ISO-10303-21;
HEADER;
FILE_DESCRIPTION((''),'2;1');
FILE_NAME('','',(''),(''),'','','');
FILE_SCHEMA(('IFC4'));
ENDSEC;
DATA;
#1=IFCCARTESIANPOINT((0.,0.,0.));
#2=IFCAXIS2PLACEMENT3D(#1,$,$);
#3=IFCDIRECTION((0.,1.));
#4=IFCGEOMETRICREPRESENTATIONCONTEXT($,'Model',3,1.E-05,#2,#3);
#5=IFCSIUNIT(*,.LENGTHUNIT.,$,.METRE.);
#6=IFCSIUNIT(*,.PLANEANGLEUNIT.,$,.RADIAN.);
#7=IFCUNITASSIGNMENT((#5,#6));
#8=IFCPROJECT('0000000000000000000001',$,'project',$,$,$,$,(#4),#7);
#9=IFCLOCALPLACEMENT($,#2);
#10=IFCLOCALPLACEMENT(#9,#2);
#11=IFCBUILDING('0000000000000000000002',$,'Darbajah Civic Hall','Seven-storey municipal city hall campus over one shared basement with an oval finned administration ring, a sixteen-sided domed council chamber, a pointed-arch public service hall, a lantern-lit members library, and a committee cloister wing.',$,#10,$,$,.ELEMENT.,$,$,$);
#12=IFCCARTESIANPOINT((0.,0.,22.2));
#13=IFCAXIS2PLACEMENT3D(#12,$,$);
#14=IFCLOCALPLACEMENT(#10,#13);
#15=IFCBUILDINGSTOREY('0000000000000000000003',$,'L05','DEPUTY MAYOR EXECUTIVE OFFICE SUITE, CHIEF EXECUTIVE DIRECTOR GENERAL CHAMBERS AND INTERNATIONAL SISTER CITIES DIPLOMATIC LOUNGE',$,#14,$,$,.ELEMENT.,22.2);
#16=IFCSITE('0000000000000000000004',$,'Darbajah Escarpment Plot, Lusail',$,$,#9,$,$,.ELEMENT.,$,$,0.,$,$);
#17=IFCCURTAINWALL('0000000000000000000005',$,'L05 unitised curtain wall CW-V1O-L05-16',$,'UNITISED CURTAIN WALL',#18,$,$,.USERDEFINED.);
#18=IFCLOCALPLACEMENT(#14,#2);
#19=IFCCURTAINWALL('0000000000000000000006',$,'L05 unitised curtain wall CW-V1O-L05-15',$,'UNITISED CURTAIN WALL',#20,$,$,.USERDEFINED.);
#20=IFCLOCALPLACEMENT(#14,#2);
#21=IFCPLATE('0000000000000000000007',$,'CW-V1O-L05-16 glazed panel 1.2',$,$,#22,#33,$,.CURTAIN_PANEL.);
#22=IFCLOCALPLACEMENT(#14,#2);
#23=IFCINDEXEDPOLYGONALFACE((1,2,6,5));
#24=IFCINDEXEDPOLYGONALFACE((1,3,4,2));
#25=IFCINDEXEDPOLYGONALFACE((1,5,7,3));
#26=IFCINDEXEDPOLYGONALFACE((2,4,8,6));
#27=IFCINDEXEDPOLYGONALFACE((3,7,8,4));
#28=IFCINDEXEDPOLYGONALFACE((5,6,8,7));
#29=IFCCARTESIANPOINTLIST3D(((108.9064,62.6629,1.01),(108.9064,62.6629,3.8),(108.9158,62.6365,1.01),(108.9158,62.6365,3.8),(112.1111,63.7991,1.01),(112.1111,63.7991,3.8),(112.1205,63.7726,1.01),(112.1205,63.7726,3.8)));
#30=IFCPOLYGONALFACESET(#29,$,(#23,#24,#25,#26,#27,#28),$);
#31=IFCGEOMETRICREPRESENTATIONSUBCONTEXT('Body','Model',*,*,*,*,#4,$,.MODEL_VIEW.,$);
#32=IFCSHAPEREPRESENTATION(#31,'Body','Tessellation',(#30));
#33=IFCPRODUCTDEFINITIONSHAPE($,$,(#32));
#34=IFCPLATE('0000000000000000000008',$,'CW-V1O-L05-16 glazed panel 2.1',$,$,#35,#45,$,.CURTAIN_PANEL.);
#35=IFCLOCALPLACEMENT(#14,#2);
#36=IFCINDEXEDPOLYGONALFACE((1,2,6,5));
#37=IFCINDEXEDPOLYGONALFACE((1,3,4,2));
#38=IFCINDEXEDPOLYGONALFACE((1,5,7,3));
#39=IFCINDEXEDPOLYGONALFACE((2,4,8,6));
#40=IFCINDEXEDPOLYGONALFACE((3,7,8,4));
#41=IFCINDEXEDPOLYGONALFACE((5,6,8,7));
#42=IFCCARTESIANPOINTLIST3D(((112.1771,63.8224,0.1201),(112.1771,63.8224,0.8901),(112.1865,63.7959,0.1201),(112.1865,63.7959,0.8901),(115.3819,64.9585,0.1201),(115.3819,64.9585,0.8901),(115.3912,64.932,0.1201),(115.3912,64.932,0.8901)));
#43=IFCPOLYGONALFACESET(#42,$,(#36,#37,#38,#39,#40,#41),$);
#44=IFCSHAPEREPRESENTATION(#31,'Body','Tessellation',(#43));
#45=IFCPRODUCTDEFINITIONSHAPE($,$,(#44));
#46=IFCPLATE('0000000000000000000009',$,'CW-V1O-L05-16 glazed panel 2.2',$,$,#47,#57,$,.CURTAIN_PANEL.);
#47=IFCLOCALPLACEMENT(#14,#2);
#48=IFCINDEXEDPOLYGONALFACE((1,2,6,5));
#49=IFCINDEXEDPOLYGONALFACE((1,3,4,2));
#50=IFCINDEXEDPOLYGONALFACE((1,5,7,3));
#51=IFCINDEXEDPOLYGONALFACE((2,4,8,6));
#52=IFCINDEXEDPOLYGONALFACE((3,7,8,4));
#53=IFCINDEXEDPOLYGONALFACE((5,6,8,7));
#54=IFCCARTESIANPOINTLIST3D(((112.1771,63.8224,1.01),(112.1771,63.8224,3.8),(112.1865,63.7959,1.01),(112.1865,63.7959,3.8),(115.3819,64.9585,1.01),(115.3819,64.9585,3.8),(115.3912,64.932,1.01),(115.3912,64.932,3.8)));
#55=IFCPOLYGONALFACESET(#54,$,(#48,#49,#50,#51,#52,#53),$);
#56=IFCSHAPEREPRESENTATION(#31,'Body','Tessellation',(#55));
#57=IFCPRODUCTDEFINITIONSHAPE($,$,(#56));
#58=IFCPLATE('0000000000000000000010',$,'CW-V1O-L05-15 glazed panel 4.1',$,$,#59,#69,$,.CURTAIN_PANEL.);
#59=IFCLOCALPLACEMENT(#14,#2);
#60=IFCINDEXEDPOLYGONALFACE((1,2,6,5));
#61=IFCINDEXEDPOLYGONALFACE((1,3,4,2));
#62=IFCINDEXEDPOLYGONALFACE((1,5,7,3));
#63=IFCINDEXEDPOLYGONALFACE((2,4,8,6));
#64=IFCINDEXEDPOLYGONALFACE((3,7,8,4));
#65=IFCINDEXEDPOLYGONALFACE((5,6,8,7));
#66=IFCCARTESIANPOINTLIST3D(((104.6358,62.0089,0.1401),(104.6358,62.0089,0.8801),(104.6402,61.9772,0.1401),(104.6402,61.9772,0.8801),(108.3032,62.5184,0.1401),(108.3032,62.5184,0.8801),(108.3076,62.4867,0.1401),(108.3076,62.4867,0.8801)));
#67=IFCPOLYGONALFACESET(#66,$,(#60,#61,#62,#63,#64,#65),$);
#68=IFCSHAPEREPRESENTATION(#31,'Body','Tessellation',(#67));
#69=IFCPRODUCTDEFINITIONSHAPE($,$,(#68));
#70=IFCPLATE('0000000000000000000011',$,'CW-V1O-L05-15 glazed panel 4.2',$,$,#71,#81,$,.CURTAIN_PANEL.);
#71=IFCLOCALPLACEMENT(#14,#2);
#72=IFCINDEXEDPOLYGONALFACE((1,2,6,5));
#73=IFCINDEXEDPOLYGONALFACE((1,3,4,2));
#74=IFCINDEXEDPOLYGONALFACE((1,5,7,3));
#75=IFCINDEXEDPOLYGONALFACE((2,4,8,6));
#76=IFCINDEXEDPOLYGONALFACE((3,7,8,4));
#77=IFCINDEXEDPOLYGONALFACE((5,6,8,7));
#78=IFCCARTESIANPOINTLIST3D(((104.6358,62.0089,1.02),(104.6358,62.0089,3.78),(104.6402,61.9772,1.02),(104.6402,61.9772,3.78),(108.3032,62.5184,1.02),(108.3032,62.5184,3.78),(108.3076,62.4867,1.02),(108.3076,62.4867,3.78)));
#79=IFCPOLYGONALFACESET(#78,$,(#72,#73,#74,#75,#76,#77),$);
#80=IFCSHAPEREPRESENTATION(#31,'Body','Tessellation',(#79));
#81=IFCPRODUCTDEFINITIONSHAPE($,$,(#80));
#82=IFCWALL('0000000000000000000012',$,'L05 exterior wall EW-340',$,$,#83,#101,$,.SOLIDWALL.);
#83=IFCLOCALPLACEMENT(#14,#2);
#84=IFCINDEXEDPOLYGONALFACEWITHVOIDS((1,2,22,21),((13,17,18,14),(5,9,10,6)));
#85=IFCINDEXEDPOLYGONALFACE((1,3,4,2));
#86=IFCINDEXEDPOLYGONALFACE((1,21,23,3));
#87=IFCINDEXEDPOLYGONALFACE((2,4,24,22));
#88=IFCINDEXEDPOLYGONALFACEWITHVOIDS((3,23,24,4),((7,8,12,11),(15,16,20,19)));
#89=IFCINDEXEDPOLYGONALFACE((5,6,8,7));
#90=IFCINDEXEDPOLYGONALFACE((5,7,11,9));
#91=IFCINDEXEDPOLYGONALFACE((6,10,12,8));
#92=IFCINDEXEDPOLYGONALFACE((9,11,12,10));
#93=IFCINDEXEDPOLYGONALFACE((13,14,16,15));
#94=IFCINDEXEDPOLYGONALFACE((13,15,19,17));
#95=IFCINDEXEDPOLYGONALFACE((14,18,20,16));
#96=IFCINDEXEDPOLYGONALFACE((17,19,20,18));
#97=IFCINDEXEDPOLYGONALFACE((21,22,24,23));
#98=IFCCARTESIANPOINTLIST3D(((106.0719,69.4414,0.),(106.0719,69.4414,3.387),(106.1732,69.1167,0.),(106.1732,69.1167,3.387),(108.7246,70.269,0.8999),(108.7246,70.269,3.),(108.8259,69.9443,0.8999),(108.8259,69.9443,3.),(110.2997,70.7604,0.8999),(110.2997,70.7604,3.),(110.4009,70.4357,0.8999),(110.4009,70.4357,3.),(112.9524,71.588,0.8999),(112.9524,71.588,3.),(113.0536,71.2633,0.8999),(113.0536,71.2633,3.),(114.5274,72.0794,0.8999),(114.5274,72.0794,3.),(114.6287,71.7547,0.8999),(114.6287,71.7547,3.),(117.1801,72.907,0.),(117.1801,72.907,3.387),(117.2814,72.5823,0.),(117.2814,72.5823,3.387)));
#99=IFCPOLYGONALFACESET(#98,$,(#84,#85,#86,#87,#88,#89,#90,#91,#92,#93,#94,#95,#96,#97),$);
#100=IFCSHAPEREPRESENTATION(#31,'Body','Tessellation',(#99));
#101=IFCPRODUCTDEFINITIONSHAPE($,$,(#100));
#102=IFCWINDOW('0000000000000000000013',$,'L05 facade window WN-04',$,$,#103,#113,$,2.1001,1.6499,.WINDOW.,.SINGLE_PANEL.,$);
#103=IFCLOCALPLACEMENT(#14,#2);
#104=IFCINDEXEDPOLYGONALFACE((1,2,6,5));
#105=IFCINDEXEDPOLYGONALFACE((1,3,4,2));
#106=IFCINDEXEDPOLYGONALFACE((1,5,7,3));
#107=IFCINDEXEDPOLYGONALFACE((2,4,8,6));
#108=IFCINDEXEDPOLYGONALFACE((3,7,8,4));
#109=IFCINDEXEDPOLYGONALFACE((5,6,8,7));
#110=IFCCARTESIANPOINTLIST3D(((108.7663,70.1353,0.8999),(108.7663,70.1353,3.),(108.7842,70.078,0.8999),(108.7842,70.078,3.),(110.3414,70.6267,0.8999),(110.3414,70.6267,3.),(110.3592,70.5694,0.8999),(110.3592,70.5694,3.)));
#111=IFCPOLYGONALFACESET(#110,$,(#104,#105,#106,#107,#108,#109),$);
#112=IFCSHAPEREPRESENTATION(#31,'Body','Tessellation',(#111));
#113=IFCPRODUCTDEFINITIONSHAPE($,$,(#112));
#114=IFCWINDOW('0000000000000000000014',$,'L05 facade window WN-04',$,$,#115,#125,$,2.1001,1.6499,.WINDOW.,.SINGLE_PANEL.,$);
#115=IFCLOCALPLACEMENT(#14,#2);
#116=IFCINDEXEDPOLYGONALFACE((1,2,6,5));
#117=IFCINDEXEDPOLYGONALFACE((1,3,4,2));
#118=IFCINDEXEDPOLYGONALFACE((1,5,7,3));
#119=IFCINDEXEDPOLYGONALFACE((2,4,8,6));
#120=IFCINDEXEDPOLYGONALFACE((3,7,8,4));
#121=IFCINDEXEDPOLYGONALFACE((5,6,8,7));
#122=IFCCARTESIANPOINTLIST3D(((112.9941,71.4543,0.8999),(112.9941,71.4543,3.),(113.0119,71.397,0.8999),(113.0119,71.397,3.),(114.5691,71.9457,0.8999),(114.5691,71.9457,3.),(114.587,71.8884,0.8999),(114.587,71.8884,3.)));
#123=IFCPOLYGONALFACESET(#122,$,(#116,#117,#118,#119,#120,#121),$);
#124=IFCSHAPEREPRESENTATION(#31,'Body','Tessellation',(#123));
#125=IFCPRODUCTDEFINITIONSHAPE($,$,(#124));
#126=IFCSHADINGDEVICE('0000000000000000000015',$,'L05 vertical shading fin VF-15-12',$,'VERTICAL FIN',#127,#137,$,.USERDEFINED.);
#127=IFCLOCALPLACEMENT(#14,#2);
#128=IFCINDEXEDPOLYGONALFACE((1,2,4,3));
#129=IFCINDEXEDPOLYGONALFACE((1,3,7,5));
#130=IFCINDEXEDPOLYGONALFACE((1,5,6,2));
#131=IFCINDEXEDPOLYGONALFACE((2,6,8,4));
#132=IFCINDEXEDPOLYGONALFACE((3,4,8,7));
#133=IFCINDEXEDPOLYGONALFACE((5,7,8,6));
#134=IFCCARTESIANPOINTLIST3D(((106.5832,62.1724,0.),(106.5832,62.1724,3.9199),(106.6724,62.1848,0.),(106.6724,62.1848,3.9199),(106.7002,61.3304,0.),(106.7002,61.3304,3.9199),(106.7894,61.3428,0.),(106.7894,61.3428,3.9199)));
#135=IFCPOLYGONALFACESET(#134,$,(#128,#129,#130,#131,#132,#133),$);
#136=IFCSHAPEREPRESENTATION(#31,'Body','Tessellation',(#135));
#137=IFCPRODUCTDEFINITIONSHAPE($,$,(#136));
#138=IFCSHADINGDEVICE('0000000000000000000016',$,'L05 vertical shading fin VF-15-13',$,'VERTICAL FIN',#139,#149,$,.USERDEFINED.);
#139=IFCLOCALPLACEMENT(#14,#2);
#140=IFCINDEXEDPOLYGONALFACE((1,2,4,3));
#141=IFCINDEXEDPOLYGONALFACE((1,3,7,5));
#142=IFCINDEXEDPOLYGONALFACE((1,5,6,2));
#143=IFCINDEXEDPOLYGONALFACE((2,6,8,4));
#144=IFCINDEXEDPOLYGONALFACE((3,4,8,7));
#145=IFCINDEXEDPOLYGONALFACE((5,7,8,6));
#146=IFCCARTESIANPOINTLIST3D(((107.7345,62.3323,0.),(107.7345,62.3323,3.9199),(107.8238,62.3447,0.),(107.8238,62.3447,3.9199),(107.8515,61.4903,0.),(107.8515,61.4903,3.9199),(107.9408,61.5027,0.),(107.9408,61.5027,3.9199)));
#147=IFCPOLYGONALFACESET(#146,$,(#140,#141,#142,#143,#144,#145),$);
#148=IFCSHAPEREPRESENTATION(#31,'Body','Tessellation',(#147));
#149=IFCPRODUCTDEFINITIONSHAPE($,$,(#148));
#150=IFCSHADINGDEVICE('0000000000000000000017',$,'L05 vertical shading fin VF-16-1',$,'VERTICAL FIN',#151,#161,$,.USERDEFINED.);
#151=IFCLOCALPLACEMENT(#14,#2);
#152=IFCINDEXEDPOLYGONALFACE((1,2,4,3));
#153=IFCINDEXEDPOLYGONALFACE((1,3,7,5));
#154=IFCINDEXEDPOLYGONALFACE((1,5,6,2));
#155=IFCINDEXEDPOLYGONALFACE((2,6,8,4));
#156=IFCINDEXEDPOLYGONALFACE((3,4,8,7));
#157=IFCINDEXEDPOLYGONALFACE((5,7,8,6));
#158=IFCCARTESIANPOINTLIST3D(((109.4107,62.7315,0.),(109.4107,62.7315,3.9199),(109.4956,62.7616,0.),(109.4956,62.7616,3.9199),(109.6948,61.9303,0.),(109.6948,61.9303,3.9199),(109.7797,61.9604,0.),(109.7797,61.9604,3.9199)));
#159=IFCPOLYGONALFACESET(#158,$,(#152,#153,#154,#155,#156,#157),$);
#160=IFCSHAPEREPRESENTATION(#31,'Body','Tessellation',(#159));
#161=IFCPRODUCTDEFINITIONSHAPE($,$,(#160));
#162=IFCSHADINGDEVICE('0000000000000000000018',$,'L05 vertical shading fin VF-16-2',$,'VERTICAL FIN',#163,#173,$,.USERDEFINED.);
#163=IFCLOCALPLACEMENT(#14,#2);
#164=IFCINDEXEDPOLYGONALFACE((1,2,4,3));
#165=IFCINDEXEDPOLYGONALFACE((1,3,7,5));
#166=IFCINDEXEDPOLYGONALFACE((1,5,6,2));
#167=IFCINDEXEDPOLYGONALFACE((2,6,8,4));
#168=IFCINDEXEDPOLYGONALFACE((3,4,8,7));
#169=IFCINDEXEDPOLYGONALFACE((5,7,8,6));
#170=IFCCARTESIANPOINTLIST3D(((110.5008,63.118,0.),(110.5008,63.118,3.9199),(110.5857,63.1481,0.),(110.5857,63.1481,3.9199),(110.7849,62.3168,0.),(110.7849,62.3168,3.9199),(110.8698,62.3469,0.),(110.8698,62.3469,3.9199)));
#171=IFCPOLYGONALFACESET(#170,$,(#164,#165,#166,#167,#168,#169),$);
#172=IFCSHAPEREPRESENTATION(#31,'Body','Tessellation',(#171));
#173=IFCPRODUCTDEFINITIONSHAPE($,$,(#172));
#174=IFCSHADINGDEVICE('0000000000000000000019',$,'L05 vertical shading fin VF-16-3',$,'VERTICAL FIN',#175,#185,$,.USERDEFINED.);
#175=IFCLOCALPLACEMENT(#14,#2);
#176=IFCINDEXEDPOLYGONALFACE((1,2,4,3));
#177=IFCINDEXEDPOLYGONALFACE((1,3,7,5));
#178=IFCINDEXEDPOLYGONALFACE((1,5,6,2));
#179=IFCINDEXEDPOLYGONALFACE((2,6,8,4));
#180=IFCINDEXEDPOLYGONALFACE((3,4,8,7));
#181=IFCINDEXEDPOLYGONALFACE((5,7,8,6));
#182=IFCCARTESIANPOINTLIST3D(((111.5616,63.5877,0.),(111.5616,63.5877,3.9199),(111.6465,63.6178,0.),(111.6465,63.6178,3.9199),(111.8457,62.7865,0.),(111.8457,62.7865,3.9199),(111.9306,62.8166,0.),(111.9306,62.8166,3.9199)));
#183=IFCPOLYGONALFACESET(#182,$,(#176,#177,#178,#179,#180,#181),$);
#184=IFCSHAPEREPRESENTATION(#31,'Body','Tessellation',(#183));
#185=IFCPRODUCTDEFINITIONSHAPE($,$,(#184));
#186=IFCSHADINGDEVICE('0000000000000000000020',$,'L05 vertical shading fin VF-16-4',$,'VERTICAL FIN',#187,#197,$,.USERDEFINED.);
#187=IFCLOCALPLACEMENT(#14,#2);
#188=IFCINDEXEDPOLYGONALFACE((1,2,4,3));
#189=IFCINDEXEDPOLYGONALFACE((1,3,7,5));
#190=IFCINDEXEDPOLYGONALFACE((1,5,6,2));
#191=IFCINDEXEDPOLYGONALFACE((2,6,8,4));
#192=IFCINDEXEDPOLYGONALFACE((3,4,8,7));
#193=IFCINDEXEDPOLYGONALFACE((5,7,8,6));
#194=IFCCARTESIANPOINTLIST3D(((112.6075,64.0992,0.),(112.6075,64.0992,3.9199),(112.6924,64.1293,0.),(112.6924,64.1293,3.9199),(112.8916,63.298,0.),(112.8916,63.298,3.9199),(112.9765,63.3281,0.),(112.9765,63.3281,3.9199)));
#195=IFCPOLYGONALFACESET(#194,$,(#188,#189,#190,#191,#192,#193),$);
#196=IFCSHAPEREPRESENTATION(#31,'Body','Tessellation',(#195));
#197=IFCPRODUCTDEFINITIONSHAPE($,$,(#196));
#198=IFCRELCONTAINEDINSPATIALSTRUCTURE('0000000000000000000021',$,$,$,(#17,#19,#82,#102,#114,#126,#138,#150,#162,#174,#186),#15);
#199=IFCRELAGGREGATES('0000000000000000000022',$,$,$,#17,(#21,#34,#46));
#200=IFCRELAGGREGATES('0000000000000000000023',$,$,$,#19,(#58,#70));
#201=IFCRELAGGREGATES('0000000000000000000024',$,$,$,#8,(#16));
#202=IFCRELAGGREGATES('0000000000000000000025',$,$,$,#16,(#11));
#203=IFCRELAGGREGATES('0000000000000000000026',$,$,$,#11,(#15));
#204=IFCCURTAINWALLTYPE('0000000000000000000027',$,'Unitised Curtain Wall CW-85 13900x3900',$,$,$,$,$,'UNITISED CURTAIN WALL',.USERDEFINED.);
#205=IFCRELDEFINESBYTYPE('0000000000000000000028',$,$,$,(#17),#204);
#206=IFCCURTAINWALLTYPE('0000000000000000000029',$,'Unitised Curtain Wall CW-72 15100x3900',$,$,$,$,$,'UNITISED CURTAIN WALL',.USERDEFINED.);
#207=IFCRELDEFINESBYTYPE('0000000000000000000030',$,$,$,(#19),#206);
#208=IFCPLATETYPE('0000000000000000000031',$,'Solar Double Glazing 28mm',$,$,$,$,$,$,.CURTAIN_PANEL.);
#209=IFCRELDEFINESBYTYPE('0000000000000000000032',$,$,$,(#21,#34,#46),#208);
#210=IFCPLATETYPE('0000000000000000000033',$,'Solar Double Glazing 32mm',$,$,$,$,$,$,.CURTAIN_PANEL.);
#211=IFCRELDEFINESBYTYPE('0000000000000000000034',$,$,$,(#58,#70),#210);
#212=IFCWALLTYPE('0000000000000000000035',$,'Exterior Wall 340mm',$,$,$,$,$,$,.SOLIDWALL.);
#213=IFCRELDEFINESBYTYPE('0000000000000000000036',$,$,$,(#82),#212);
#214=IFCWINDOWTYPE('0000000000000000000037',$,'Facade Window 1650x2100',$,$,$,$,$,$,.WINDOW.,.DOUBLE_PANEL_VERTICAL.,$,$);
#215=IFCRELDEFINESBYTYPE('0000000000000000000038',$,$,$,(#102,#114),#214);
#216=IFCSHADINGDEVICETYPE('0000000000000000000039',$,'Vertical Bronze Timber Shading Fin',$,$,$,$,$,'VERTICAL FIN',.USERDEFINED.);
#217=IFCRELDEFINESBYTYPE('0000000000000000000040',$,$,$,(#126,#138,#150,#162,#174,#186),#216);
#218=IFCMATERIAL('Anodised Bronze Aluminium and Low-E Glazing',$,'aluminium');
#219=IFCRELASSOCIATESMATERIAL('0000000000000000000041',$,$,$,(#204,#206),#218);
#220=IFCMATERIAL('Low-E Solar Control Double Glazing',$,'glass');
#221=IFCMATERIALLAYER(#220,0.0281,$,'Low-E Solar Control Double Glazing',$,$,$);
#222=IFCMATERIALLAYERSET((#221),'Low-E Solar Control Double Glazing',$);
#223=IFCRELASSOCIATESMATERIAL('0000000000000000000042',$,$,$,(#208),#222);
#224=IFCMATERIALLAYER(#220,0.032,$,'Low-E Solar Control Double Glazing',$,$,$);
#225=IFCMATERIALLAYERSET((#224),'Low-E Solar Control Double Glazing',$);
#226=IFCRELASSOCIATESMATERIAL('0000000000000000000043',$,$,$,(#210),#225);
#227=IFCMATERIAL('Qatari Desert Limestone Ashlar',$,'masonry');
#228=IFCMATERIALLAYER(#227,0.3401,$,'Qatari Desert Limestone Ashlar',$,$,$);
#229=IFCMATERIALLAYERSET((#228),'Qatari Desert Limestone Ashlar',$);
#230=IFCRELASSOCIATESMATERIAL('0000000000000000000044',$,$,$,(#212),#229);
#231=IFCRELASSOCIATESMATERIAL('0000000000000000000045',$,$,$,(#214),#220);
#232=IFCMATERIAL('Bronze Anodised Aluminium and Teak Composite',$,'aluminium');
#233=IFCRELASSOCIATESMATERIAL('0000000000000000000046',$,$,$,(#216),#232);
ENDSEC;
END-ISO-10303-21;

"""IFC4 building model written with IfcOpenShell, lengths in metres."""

from ifc_helpers import new_model, si_unit, direction, frame, frame_2d, origin, origin_2d, place, context, subcontext, project, spatial, rectangle, extrude, material, layer, layer_set, type_object, element, fill, aggregate, save


model = new_model("IFC4")

# Units and contexts
model_context = context("Model", 3, precision=1e-05, world=origin(), true_north=direction((0.0, 1.0)))
body_context = subcontext(model_context, "Body", "Model", "MODEL_VIEW")
ifc_project = project(units=[si_unit("LENGTHUNIT", "METRE"), si_unit("PLANEANGLEUNIT", "RADIAN")], contexts=[model_context])

# Site, building, storey
site_placement = place(None, origin())
site = spatial("IfcSite", under=ifc_project, at=site_placement, Name="Darbajah Escarpment Plot, Lusail", CompositionType="ELEMENT", RefElevation=0.0)
building_placement = place(site_placement, origin())
building = spatial("IfcBuilding", under=site, at=building_placement, Name="Darbajah Civic Hall", Description="Seven-storey municipal city hall campus over one shared basement with an oval finned administration ring, a sixteen-sided domed council chamber, a pointed-arch public service hall, a lantern-lit members library, and a committee cloister wing.", CompositionType="ELEMENT")
storey_placement = place(building_placement, frame((0.0, 0.0, 22.2)))
storey = spatial("IfcBuildingStorey", under=building, at=storey_placement, Name="L05", Description="DEPUTY MAYOR EXECUTIVE OFFICE SUITE, CHIEF EXECUTIVE DIRECTOR GENERAL CHAMBERS AND INTERNATIONAL SISTER CITIES DIPLOMATIC LOUNGE", CompositionType="ELEMENT", Elevation=22.2)

# Curtain wall
ifc_material_1 = material(Name="Anodised Bronze Aluminium and Low-E Glazing", Category="aluminium")
curtain_wall_type_1 = type_object("IfcCurtainWallType", Name="Unitised Curtain Wall CW-85 13900x3900", ElementType="UNITISED CURTAIN WALL", PredefinedType="USERDEFINED", material=ifc_material_1)
curtain_wall_1_placement = place(storey_placement, origin())
curtain_wall_1 = element("IfcCurtainWall", 1, at=curtain_wall_1_placement, inside=storey, type_object=curtain_wall_type_1, Name="L05 unitised curtain wall CW-V1O-L05-16", ObjectType="UNITISED CURTAIN WALL", PredefinedType="USERDEFINED")

# Curtain wall
curtain_wall_type_2 = type_object("IfcCurtainWallType", Name="Unitised Curtain Wall CW-72 15100x3900", ElementType="UNITISED CURTAIN WALL", PredefinedType="USERDEFINED", material=ifc_material_1)
curtain_wall_2_placement = place(storey_placement, origin())
curtain_wall_2 = element("IfcCurtainWall", 2, at=curtain_wall_2_placement, inside=storey, type_object=curtain_wall_type_2, Name="L05 unitised curtain wall CW-V1O-L05-15", ObjectType="UNITISED CURTAIN WALL", PredefinedType="USERDEFINED")

# Plates
ifc_material_2 = material(Name="Low-E Solar Control Double Glazing", Category="glass")
ifc_layer_1 = layer(ifc_material_2, 0.0281, Name="Low-E Solar Control Double Glazing")
ifc_layer_set_1 = layer_set([ifc_layer_1], Name="Low-E Solar Control Double Glazing")
plate_type_1 = type_object("IfcPlateType", Name="Solar Double Glazing 28mm", PredefinedType="CURTAIN_PANEL", material=ifc_layer_set_1)
plate_1_placement = place(storey_placement, frame((110.5134, 63.2178, 1.01), z_axis=(0.0, 0.0, 1.0), x_axis=(0.942525, 0.334136, 0.0)))
plate_1 = element("IfcPlate", 3, at=plate_1_placement, type_object=plate_type_1, Name="CW-V1O-L05-16 glazed panel 1.2", PredefinedType="CURTAIN_PANEL", context=body_context, shape_type="SweptSolid", body=[
    extrude(rectangle(XDim=3.4001, YDim=0.0281, at=origin_2d()), origin(), (0.0, 0.0, 1.0), 2.79),
])
plate_2_placement = place(storey_placement, frame((113.7842, 64.3772, 0.1201), z_axis=(0.0, 0.0, 1.0), x_axis=(0.942525, 0.334136, 0.0)))
plate_2 = element("IfcPlate", 4, at=plate_2_placement, type_object=plate_type_1, Name="CW-V1O-L05-16 glazed panel 2.1", PredefinedType="CURTAIN_PANEL", context=body_context, shape_type="SweptSolid", body=[
    extrude(rectangle(XDim=3.4001, YDim=0.0281, at=origin_2d()), origin(), (0.0, 0.0, 1.0), 0.77),
])
plate_3_placement = place(storey_placement, frame((113.7842, 64.3772, 1.01), z_axis=(0.0, 0.0, 1.0), x_axis=(0.942525, 0.334136, 0.0)))
plate_3 = element("IfcPlate", 5, at=plate_3_placement, type_object=plate_type_1, Name="CW-V1O-L05-16 glazed panel 2.2", PredefinedType="CURTAIN_PANEL", context=body_context, shape_type="SweptSolid", body=[
    extrude(rectangle(XDim=3.4001, YDim=0.0281, at=origin_2d()), origin(), (0.0, 0.0, 1.0), 2.79),
])
aggregate(curtain_wall_1, [plate_1, plate_2, plate_3])
ifc_layer_2 = layer(ifc_material_2, 0.032, Name="Low-E Solar Control Double Glazing")
ifc_layer_set_2 = layer_set([ifc_layer_2], Name="Low-E Solar Control Double Glazing")
plate_type_2 = type_object("IfcPlateType", Name="Solar Double Glazing 32mm", PredefinedType="CURTAIN_PANEL", material=ifc_layer_set_2)
plate_4_placement = place(storey_placement, frame((106.4717, 62.2478, 0.1401), z_axis=(0.0, 0.0, 1.0), x_axis=(0.990485, 0.137617, 0.0)))
plate_4 = element("IfcPlate", 6, at=plate_4_placement, type_object=plate_type_2, Name="CW-V1O-L05-15 glazed panel 4.1", PredefinedType="CURTAIN_PANEL", context=body_context, shape_type="SweptSolid", body=[
    extrude(rectangle(XDim=3.7026, YDim=0.032, at=origin_2d()), origin(), (0.0, 0.0, 1.0), 0.74),
])
plate_5_placement = place(storey_placement, frame((106.4717, 62.2478, 1.02), z_axis=(0.0, 0.0, 1.0), x_axis=(0.990485, 0.137617, 0.0)))
plate_5 = element("IfcPlate", 7, at=plate_5_placement, type_object=plate_type_2, Name="CW-V1O-L05-15 glazed panel 4.2", PredefinedType="CURTAIN_PANEL", context=body_context, shape_type="SweptSolid", body=[
    extrude(rectangle(XDim=3.7026, YDim=0.032, at=origin_2d()), origin(), (0.0, 0.0, 1.0), 2.76),
])
aggregate(curtain_wall_2, [plate_4, plate_5])

# Wall, openings, windows
ifc_material_3 = material(Name="Qatari Desert Limestone Ashlar", Category="masonry")
ifc_layer_3 = layer(ifc_material_3, 0.3401, Name="Qatari Desert Limestone Ashlar")
ifc_layer_set_3 = layer_set([ifc_layer_3], Name="Qatari Desert Limestone Ashlar")
wall_type = type_object("IfcWallType", Name="Exterior Wall 340mm", PredefinedType="SOLIDWALL", material=ifc_layer_set_3)
wall_placement = place(storey_placement, frame((106.1226, 69.2791, 0.0), z_axis=(0.0, 0.0, 1.0), x_axis=(0.95462, 0.297827, 0.0)))
wall = element("IfcWall", 8, at=wall_placement, inside=storey, type_object=wall_type, Name="L05 exterior wall EW-340", PredefinedType="SOLIDWALL", context=body_context, shape_type="SweptSolid", body=[
    extrude(rectangle(XDim=11.6362, YDim=0.3401, at=frame_2d((5.8181, 0.0))), origin(), (0.0, 0.0, 1.0), 3.387),
])
opening_1_placement = place(wall_placement, frame((2.7788, 0.0, 0.8999)))
opening_1 = element("IfcOpeningElement", 9, at=opening_1_placement, cuts=wall, PredefinedType="OPENING", context=body_context, shape_type="SweptSolid", body=[
    extrude(rectangle(XDim=1.6499, YDim=2.1001, at=frame_2d((0.825, 1.05))), frame((0.0, 0.1799, 0.0), z_axis=(0.0, -1.0, 0.0), x_axis=(1.0, 0.0, 0.0)), (0.0, 0.0, 1.0), 0.3601),
])
opening_2_placement = place(wall_placement, frame((7.2075, 0.0, 0.8999)))
opening_2 = element("IfcOpeningElement", 10, at=opening_2_placement, cuts=wall, PredefinedType="OPENING", context=body_context, shape_type="SweptSolid", body=[
    extrude(rectangle(XDim=1.6499, YDim=2.1001, at=frame_2d((0.825, 1.05))), frame((0.0, 0.1799, 0.0), z_axis=(0.0, -1.0, 0.0), x_axis=(1.0, 0.0, 0.0)), (0.0, 0.0, 1.0), 0.3601),
])
window_type = type_object("IfcWindowType", Name="Facade Window 1650x2100", PartitioningType="DOUBLE_PANEL_VERTICAL", PredefinedType="WINDOW", material=ifc_material_2)
window_1_placement = place(opening_1_placement, origin())
window_1 = element("IfcWindow", 11, at=window_1_placement, inside=storey, type_object=window_type, Name="L05 facade window WN-04", OverallHeight=2.1001, OverallWidth=1.6499, PartitioningType="SINGLE_PANEL", PredefinedType="WINDOW", context=body_context, shape_type="SweptSolid", body=[
    extrude(rectangle(XDim=1.6499, YDim=2.1001, at=frame_2d((0.825, 1.05))), frame((0.0, 0.03, 0.0), z_axis=(0.0, -1.0, 0.0), x_axis=(1.0, 0.0, 0.0)), (0.0, 0.0, 1.0), 0.0601),
])
fill(opening_1, window_1)
window_2_placement = place(opening_2_placement, origin())
window_2 = element("IfcWindow", 12, at=window_2_placement, inside=storey, type_object=window_type, Name="L05 facade window WN-04", OverallHeight=2.1001, OverallWidth=1.6499, PartitioningType="SINGLE_PANEL", PredefinedType="WINDOW", context=body_context, shape_type="SweptSolid", body=[
    extrude(rectangle(XDim=1.6499, YDim=2.1001, at=frame_2d((0.825, 1.05))), frame((0.0, 0.03, 0.0), z_axis=(0.0, -1.0, 0.0), x_axis=(1.0, 0.0, 0.0)), (0.0, 0.0, 1.0), 0.0601),
])
fill(opening_2, window_2)

# Shading devices
ifc_material_4 = material(Name="Bronze Anodised Aluminium and Teak Composite", Category="aluminium")
shading_device_type = type_object("IfcShadingDeviceType", Name="Vertical Bronze Timber Shading Fin", ElementType="VERTICAL FIN", PredefinedType="USERDEFINED", material=ifc_material_4)
for number, where, z_axis, x_axis, name in (
    (13, (106.6863, 61.7576, 0.0), (0.0, 0.0, 1.0), (0.137617, -0.990485, 0.0), "L05 vertical shading fin VF-15-12"),
    (14, (107.8376, 61.9175, 0.0), (0.0, 0.0, 1.0), (0.137617, -0.990485, 0.0), "L05 vertical shading fin VF-15-13"),
    (15, (109.5952, 62.3459, 0.0), (0.0, 0.0, 1.0), (0.334136, -0.942525, 0.0), "L05 vertical shading fin VF-16-1"),
    (16, (110.6853, 62.7324, 0.0), (0.0, 0.0, 1.0), (0.334136, -0.942525, 0.0), "L05 vertical shading fin VF-16-2"),
    (17, (111.7461, 63.2021, 0.0), (0.0, 0.0, 1.0), (0.334136, -0.942525, 0.0), "L05 vertical shading fin VF-16-3"),
    (18, (112.792, 63.7136, 0.0), (0.0, 0.0, 1.0), (0.334136, -0.942525, 0.0), "L05 vertical shading fin VF-16-4"),
):
    element("IfcShadingDevice", number, at=place(storey_placement, frame(where, z_axis=z_axis, x_axis=x_axis)), inside=storey, type_object=shading_device_type, Name=name, ObjectType="VERTICAL FIN", PredefinedType="USERDEFINED", context=body_context, shape_type="SweptSolid", body=[
        extrude(rectangle(XDim=0.8501, YDim=0.0901, at=origin_2d()), origin(), (0.0, 0.0, 1.0), 3.9199),
    ])

save(model, "model.ifc")
